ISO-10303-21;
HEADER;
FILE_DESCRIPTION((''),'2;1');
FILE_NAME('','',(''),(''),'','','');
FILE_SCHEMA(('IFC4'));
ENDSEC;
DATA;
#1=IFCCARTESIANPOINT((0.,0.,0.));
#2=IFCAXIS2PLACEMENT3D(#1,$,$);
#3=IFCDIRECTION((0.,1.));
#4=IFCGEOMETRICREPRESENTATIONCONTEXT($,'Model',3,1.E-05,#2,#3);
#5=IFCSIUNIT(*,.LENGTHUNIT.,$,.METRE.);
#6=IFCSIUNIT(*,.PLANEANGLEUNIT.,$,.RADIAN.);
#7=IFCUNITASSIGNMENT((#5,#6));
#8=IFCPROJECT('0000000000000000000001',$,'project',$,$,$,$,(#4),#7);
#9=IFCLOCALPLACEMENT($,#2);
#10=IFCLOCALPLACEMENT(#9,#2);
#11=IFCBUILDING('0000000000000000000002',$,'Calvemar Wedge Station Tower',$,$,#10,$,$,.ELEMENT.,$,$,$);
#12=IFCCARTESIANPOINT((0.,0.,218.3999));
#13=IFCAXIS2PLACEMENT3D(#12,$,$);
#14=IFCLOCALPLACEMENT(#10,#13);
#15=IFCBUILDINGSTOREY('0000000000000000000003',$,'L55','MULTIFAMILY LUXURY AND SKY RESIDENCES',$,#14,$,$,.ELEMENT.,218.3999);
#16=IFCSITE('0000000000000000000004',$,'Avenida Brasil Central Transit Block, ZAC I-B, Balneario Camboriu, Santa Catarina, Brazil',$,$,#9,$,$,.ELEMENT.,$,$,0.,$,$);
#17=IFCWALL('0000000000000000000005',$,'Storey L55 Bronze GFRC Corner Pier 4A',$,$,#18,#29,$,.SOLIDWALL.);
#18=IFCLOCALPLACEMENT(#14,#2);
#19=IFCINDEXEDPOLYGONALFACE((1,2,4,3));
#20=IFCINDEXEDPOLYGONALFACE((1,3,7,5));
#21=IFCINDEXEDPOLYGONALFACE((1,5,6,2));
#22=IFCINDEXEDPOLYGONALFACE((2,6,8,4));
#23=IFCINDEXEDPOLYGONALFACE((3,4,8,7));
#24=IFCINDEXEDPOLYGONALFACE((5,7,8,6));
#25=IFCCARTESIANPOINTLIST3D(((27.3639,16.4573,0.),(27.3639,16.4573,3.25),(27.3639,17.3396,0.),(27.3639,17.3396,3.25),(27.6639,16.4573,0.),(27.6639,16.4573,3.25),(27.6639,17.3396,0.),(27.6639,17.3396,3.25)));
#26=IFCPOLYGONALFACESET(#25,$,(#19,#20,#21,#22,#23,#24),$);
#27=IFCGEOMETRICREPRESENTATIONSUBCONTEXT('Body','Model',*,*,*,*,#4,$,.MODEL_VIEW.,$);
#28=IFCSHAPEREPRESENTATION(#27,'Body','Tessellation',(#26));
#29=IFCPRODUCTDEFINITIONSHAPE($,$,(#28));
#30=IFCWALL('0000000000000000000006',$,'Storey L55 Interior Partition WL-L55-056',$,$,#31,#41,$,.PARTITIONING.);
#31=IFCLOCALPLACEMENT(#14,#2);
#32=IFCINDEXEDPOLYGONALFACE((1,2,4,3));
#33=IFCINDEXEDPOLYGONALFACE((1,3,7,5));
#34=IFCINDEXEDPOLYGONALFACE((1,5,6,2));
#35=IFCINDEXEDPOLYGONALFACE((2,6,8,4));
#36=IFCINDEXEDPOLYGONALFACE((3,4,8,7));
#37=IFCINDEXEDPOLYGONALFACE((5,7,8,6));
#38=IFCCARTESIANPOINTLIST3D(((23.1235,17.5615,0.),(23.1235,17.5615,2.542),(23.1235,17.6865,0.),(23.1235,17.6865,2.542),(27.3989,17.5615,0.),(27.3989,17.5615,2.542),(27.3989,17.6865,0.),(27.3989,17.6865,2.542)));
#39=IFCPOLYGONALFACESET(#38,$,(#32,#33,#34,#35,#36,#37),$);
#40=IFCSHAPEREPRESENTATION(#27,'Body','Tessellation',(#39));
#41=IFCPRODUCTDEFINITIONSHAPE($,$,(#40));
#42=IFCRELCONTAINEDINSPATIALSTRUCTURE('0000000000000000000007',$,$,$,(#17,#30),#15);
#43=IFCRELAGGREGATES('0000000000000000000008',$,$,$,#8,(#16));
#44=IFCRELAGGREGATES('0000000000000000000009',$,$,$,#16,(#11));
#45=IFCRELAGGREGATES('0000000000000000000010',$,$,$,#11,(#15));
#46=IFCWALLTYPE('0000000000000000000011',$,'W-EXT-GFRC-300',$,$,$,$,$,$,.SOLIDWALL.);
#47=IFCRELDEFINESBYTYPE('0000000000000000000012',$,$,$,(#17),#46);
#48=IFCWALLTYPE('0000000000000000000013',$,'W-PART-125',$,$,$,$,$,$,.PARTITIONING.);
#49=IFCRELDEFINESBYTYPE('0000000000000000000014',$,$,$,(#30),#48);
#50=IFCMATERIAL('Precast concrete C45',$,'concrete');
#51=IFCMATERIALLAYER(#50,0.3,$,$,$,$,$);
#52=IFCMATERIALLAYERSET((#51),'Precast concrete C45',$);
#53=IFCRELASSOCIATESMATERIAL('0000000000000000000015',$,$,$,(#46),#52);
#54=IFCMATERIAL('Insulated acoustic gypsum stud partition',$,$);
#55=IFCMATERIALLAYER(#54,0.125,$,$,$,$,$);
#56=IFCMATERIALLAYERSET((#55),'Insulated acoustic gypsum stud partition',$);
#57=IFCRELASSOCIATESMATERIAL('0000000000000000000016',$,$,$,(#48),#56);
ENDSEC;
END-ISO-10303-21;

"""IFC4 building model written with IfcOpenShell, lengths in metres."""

from ifc_helpers import new_model, si_unit, direction, frame, frame_2d, origin, place, context, subcontext, project, spatial, rectangle, extrude, material, layer, layer_set, type_object, element, save


model = new_model("IFC4")

# Units and contexts
model_context = context("Model", 3, precision=1e-05, world=origin(), true_north=direction((0.0, 1.0)))
body_context = subcontext(model_context, "Body", "Model", "MODEL_VIEW")
ifc_project = project(units=[si_unit("LENGTHUNIT", "METRE"), si_unit("PLANEANGLEUNIT", "RADIAN")], contexts=[model_context])

# Site, building, storey
site_placement = place(None, origin())
site = spatial("IfcSite", under=ifc_project, at=site_placement, Name="Avenida Brasil Central Transit Block, ZAC I-B, Balneario Camboriu, Santa Catarina, Brazil", CompositionType="ELEMENT", RefElevation=0.0)
building_placement = place(site_placement, origin())
building = spatial("IfcBuilding", under=site, at=building_placement, Name="Calvemar Wedge Station Tower", CompositionType="ELEMENT")
storey_placement = place(building_placement, frame((0.0, 0.0, 218.3999)))
storey = spatial("IfcBuildingStorey", under=building, at=storey_placement, Name="L55", Description="MULTIFAMILY LUXURY AND SKY RESIDENCES", CompositionType="ELEMENT", Elevation=218.3999)

# Shared definitions
ifc_material_1 = material(Name="Precast concrete C45", Category="concrete")
ifc_layer_1 = layer(ifc_material_1, 0.3)
ifc_layer_set_1 = layer_set([ifc_layer_1], Name="Precast concrete C45")
wall_type_1 = type_object("IfcWallType", Name="W-EXT-GFRC-300", PredefinedType="SOLIDWALL", material=ifc_layer_set_1)

# Walls
wall_1_placement = place(storey_placement, frame((27.5139, 16.4573, 0.0), z_axis=(0.0, 0.0, 1.0), x_axis=(0.0, 1.0, 0.0)))
element("IfcWall", 1, at=wall_1_placement, inside=storey, type_object=wall_type_1, Name="Storey L55 Bronze GFRC Corner Pier 4A", PredefinedType="SOLIDWALL", context=body_context, shape_type="SweptSolid", body=[
    extrude(rectangle(XDim=0.8823, YDim=0.3, at=frame_2d((0.4412, 0.0))), origin(), (0.0, 0.0, 1.0), 3.25),
])
ifc_material_2 = material(Name="Insulated acoustic gypsum stud partition")
ifc_layer_2 = layer(ifc_material_2, 0.125)
ifc_layer_set_2 = layer_set([ifc_layer_2], Name="Insulated acoustic gypsum stud partition")
wall_type_2 = type_object("IfcWallType", Name="W-PART-125", PredefinedType="PARTITIONING", material=ifc_layer_set_2)
wall_2_placement = place(storey_placement, frame((27.3989, 17.624, 0.0), z_axis=(0.0, 0.0, 1.0), x_axis=(-1.0, 0.0, 0.0)))
element("IfcWall", 2, at=wall_2_placement, inside=storey, type_object=wall_type_2, Name="Storey L55 Interior Partition WL-L55-056", PredefinedType="PARTITIONING", context=body_context, shape_type="SweptSolid", body=[
    extrude(rectangle(XDim=4.2754, YDim=0.125, at=frame_2d((2.1377, 0.0))), origin(), (0.0, 0.0, 1.0), 2.542),
])

save(model, "model.ifc")
